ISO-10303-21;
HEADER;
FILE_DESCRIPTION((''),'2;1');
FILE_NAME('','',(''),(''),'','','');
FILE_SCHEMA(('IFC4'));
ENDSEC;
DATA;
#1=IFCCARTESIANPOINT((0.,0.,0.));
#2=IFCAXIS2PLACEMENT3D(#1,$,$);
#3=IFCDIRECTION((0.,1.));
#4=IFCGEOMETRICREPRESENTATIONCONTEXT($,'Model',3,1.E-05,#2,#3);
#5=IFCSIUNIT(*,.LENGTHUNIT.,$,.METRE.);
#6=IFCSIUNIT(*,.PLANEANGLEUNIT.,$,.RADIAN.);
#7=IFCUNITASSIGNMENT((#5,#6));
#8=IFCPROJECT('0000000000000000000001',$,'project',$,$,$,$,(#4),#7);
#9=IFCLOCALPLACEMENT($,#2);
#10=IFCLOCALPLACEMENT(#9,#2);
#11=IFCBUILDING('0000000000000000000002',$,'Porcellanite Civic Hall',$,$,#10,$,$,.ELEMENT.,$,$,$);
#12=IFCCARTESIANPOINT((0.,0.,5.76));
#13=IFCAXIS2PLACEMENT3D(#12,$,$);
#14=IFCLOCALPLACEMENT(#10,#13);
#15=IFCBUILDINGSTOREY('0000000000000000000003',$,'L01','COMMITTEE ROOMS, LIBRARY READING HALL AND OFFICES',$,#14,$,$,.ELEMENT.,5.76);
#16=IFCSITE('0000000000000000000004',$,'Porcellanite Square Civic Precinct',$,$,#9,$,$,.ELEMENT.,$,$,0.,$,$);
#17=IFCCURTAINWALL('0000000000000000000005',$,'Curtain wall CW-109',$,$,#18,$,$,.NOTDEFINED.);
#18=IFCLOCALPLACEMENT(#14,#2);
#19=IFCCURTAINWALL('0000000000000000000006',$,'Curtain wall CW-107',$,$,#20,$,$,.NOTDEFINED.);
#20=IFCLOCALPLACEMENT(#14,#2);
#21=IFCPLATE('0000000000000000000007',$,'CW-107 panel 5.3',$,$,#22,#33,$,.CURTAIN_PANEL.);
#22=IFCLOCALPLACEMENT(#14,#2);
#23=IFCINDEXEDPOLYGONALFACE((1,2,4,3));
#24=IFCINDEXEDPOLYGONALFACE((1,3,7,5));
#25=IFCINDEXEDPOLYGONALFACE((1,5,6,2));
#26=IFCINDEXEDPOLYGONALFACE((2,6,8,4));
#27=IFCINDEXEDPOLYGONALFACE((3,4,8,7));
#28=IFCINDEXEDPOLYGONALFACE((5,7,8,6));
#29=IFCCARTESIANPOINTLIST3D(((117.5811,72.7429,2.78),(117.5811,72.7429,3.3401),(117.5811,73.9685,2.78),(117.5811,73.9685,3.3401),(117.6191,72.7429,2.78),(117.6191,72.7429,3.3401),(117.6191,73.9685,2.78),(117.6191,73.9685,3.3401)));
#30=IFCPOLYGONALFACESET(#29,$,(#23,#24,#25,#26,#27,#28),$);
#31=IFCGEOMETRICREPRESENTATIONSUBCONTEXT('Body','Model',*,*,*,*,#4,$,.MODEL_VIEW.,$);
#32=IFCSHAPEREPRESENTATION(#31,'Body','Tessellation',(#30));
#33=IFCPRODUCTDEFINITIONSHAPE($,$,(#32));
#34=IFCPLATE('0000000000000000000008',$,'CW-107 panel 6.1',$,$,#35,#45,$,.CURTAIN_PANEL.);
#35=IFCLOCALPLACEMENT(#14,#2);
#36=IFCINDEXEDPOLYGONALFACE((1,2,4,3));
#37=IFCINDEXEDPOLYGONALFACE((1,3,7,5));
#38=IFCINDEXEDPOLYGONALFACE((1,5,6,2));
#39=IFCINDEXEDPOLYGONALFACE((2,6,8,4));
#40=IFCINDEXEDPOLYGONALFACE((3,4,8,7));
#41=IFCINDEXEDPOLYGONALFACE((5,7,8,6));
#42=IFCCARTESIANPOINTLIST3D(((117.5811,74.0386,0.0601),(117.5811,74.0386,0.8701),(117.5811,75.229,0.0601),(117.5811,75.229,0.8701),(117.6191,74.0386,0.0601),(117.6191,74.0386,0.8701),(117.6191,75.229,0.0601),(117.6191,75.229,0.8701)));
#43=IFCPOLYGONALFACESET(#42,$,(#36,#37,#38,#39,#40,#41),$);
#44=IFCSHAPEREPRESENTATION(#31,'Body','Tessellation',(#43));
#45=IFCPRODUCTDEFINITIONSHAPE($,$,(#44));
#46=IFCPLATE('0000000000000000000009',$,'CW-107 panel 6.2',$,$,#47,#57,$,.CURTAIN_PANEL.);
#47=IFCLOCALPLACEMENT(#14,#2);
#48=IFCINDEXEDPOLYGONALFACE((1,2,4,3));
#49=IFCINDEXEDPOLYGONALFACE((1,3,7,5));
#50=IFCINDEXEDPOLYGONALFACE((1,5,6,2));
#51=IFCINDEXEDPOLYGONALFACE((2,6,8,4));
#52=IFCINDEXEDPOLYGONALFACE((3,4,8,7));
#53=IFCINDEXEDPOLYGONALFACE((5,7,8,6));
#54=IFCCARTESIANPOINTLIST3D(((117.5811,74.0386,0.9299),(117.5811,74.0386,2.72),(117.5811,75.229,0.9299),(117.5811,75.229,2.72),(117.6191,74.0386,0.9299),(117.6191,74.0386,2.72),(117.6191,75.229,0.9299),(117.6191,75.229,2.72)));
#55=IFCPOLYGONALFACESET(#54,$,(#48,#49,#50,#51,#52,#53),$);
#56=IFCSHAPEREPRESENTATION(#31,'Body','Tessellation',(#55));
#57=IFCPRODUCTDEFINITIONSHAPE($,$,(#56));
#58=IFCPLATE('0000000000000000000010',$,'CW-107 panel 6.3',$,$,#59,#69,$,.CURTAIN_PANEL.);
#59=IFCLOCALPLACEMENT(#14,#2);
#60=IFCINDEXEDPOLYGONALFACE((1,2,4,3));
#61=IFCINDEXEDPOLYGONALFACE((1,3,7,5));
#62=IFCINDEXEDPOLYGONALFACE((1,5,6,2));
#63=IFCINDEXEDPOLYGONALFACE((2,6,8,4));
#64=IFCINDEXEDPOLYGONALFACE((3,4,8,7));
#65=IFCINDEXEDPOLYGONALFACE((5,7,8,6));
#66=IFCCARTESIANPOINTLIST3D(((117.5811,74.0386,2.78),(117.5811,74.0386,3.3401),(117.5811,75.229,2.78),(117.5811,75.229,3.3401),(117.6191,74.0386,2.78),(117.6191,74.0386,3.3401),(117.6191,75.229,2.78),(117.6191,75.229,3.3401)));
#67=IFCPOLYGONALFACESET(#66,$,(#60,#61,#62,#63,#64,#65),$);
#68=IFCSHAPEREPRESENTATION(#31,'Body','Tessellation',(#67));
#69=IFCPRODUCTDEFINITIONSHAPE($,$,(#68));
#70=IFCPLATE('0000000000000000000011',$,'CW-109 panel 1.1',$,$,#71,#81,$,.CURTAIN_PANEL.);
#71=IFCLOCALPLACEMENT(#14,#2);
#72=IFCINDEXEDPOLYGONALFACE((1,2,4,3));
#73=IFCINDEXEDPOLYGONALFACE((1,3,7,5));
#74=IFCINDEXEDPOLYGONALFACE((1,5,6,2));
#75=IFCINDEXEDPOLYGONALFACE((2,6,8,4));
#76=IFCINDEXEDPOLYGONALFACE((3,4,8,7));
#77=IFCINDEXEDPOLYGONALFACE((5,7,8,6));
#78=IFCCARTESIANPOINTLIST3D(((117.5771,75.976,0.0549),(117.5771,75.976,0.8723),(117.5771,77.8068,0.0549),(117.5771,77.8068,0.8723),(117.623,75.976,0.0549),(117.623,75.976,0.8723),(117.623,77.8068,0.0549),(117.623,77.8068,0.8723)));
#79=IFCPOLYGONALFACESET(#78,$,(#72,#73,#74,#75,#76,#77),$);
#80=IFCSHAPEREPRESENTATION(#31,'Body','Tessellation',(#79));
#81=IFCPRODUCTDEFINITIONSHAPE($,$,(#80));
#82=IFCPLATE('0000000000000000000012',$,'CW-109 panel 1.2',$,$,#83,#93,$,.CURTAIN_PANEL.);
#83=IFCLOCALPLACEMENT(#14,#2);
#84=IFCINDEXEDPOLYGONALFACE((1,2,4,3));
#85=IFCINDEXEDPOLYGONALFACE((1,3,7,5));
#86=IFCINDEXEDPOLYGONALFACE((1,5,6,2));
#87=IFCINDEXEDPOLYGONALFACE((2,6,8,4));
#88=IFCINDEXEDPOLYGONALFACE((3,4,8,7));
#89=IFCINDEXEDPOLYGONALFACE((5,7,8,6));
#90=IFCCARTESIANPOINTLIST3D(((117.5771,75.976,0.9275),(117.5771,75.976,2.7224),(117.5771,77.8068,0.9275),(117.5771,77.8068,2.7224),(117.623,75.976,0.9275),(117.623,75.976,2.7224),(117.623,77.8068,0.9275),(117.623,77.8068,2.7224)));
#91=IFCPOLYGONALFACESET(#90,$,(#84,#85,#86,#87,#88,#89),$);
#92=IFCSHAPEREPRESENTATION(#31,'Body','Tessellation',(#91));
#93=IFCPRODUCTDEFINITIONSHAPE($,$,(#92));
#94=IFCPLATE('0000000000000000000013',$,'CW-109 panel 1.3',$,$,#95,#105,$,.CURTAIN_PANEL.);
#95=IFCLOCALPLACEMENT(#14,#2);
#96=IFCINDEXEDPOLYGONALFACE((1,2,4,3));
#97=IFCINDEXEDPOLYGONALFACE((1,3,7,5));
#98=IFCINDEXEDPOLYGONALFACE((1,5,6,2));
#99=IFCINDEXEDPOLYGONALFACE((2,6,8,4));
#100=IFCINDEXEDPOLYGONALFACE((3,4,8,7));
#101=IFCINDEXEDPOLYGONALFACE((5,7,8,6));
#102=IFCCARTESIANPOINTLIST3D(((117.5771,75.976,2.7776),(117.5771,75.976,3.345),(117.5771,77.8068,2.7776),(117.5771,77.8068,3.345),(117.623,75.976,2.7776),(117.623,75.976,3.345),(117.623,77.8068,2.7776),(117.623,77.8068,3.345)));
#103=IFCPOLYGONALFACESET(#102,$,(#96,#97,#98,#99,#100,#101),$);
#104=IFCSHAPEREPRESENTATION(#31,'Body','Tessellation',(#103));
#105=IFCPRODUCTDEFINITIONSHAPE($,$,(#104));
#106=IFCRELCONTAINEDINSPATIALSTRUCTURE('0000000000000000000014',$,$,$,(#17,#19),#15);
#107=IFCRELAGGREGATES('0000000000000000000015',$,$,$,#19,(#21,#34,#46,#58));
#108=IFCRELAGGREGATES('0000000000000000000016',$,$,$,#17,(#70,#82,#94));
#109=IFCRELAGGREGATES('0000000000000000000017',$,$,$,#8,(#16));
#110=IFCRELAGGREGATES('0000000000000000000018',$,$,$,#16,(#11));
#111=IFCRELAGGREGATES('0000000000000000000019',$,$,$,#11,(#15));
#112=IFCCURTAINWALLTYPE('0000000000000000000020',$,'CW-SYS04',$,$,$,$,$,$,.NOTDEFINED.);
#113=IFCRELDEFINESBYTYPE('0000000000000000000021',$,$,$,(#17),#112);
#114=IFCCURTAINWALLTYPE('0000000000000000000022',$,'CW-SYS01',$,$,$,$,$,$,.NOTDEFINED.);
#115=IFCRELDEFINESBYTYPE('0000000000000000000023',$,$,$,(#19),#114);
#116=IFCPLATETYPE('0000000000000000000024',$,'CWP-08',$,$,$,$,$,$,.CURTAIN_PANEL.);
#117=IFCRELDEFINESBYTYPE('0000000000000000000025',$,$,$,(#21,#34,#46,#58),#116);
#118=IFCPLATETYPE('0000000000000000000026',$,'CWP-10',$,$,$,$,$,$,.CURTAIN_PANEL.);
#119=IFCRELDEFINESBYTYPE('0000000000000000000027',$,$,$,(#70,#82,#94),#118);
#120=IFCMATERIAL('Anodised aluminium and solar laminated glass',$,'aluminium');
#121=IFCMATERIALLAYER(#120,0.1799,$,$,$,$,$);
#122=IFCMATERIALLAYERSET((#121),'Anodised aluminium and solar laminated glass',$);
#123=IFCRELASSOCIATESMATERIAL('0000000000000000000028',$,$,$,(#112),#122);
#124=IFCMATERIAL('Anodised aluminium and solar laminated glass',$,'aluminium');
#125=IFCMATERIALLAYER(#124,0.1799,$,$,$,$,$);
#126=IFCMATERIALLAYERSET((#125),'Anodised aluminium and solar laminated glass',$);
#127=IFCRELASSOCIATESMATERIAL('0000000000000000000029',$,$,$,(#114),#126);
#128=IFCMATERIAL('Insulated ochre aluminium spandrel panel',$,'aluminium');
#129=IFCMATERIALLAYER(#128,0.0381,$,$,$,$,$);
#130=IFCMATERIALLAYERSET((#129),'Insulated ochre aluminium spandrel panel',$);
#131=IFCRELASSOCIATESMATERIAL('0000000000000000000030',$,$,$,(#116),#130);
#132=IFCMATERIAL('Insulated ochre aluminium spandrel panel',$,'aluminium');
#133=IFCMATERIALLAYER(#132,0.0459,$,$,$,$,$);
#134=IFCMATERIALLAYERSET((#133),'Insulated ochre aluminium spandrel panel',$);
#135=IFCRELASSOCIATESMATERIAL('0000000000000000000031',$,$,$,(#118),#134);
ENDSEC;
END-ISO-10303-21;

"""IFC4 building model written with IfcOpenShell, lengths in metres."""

from ifc_helpers import new_model, si_unit, direction, frame, origin, origin_2d, place, context, subcontext, project, spatial, rectangle, extrude, material, layer, layer_set, type_object, element, aggregate, save


model = new_model("IFC4")

# Units and contexts
model_context = context("Model", 3, precision=1e-05, world=origin(), true_north=direction((0.0, 1.0)))
body_context = subcontext(model_context, "Body", "Model", "MODEL_VIEW")
ifc_project = project(units=[si_unit("LENGTHUNIT", "METRE"), si_unit("PLANEANGLEUNIT", "RADIAN")], contexts=[model_context])

# Site, building, storey
site_placement = place(None, origin())
site = spatial("IfcSite", under=ifc_project, at=site_placement, Name="Porcellanite Square Civic Precinct", CompositionType="ELEMENT", RefElevation=0.0)
building_placement = place(site_placement, origin())
building = spatial("IfcBuilding", under=site, at=building_placement, Name="Porcellanite Civic Hall", CompositionType="ELEMENT")
storey_placement = place(building_placement, frame((0.0, 0.0, 5.76)))
storey = spatial("IfcBuildingStorey", under=building, at=storey_placement, Name="L01", Description="COMMITTEE ROOMS, LIBRARY READING HALL AND OFFICES", CompositionType="ELEMENT", Elevation=5.76)

# Curtain walls
ifc_material_1 = material(Name="Anodised aluminium and solar laminated glass", Category="aluminium")
ifc_layer_1 = layer(ifc_material_1, 0.1799)
ifc_layer_set_1 = layer_set([ifc_layer_1], Name="Anodised aluminium and solar laminated glass")
curtain_wall_type_1 = type_object("IfcCurtainWallType", Name="CW-SYS04", PredefinedType="NOTDEFINED", material=ifc_layer_set_1)
curtain_wall_1_placement = place(storey_placement, origin())
curtain_wall_1 = element("IfcCurtainWall", 1, at=curtain_wall_1_placement, inside=storey, type_object=curtain_wall_type_1, Name="Curtain wall CW-109", PredefinedType="NOTDEFINED")
ifc_material_2 = material(Name="Anodised aluminium and solar laminated glass", Category="aluminium")
ifc_layer_2 = layer(ifc_material_2, 0.1799)
ifc_layer_set_2 = layer_set([ifc_layer_2], Name="Anodised aluminium and solar laminated glass")
curtain_wall_type_2 = type_object("IfcCurtainWallType", Name="CW-SYS01", PredefinedType="NOTDEFINED", material=ifc_layer_set_2)
curtain_wall_2_placement = place(storey_placement, origin())
curtain_wall_2 = element("IfcCurtainWall", 2, at=curtain_wall_2_placement, inside=storey, type_object=curtain_wall_type_2, Name="Curtain wall CW-107", PredefinedType="NOTDEFINED")

# Plates
ifc_material_3 = material(Name="Insulated ochre aluminium spandrel panel", Category="aluminium")
ifc_layer_3 = layer(ifc_material_3, 0.0381)
ifc_layer_set_3 = layer_set([ifc_layer_3], Name="Insulated ochre aluminium spandrel panel")
plate_type_1 = type_object("IfcPlateType", Name="CWP-08", PredefinedType="CURTAIN_PANEL", material=ifc_layer_set_3)
plate_1_placement = place(storey_placement, frame((117.6001, 73.3557, 2.78), z_axis=(0.0, 0.0, 1.0), x_axis=(0.0, 1.0, 0.0)))
plate_1 = element("IfcPlate", 3, at=plate_1_placement, type_object=plate_type_1, Name="CW-107 panel 5.3", PredefinedType="CURTAIN_PANEL", context=body_context, shape_type="SweptSolid", body=[
    extrude(rectangle(XDim=1.2256, YDim=0.0381, at=origin_2d()), origin(), (0.0, 0.0, 1.0), 0.5601),
])
plate_2_placement = place(storey_placement, frame((117.6001, 74.6338, 0.0601), z_axis=(0.0, 0.0, 1.0), x_axis=(0.0, 1.0, 0.0)))
plate_2 = element("IfcPlate", 4, at=plate_2_placement, type_object=plate_type_1, Name="CW-107 panel 6.1", PredefinedType="CURTAIN_PANEL", context=body_context, shape_type="SweptSolid", body=[
    extrude(rectangle(XDim=1.1904, YDim=0.0381, at=origin_2d()), origin(), (0.0, 0.0, 1.0), 0.8101),
])
plate_3_placement = place(storey_placement, frame((117.6001, 74.6338, 0.9299), z_axis=(0.0, 0.0, 1.0), x_axis=(0.0, 1.0, 0.0)))
plate_3 = element("IfcPlate", 5, at=plate_3_placement, type_object=plate_type_1, Name="CW-107 panel 6.2", PredefinedType="CURTAIN_PANEL", context=body_context, shape_type="SweptSolid", body=[
    extrude(rectangle(XDim=1.1904, YDim=0.0381, at=origin_2d()), origin(), (0.0, 0.0, 1.0), 1.79),
])
plate_4_placement = place(storey_placement, frame((117.6001, 74.6338, 2.78), z_axis=(0.0, 0.0, 1.0), x_axis=(0.0, 1.0, 0.0)))
plate_4 = element("IfcPlate", 6, at=plate_4_placement, type_object=plate_type_1, Name="CW-107 panel 6.3", PredefinedType="CURTAIN_PANEL", context=body_context, shape_type="SweptSolid", body=[
    extrude(rectangle(XDim=1.1904, YDim=0.0381, at=origin_2d()), origin(), (0.0, 0.0, 1.0), 0.5601),
])
aggregate(curtain_wall_2, [plate_1, plate_2, plate_3, plate_4])
ifc_material_4 = material(Name="Insulated ochre aluminium spandrel panel", Category="aluminium")
ifc_layer_4 = layer(ifc_material_4, 0.0459)
ifc_layer_set_4 = layer_set([ifc_layer_4], Name="Insulated ochre aluminium spandrel panel")
plate_type_2 = type_object("IfcPlateType", Name="CWP-10", PredefinedType="CURTAIN_PANEL", material=ifc_layer_set_4)
plate_5_placement = place(storey_placement, frame((117.6001, 76.8914, 0.0549), z_axis=(0.0, 0.0, 1.0), x_axis=(0.0, 1.0, 0.0)))
plate_5 = element("IfcPlate", 7, at=plate_5_placement, type_object=plate_type_2, Name="CW-109 panel 1.1", PredefinedType="CURTAIN_PANEL", context=body_context, shape_type="SweptSolid", body=[
    extrude(rectangle(XDim=1.8308, YDim=0.0459, at=origin_2d()), origin(), (0.0, 0.0, 1.0), 0.8174),
])
plate_6_placement = place(storey_placement, frame((117.6001, 76.8914, 0.9275), z_axis=(0.0, 0.0, 1.0), x_axis=(0.0, 1.0, 0.0)))
plate_6 = element("IfcPlate", 8, at=plate_6_placement, type_object=plate_type_2, Name="CW-109 panel 1.2", PredefinedType="CURTAIN_PANEL", context=body_context, shape_type="SweptSolid", body=[
    extrude(rectangle(XDim=1.8308, YDim=0.0459, at=origin_2d()), origin(), (0.0, 0.0, 1.0), 1.7949),
])
plate_7_placement = place(storey_placement, frame((117.6001, 76.8914, 2.7776), z_axis=(0.0, 0.0, 1.0), x_axis=(0.0, 1.0, 0.0)))
plate_7 = element("IfcPlate", 9, at=plate_7_placement, type_object=plate_type_2, Name="CW-109 panel 1.3", PredefinedType="CURTAIN_PANEL", context=body_context, shape_type="SweptSolid", body=[
    extrude(rectangle(XDim=1.8308, YDim=0.0459, at=origin_2d()), origin(), (0.0, 0.0, 1.0), 0.5674),
])
aggregate(curtain_wall_1, [plate_5, plate_6, plate_7])

save(model, "model.ifc")
